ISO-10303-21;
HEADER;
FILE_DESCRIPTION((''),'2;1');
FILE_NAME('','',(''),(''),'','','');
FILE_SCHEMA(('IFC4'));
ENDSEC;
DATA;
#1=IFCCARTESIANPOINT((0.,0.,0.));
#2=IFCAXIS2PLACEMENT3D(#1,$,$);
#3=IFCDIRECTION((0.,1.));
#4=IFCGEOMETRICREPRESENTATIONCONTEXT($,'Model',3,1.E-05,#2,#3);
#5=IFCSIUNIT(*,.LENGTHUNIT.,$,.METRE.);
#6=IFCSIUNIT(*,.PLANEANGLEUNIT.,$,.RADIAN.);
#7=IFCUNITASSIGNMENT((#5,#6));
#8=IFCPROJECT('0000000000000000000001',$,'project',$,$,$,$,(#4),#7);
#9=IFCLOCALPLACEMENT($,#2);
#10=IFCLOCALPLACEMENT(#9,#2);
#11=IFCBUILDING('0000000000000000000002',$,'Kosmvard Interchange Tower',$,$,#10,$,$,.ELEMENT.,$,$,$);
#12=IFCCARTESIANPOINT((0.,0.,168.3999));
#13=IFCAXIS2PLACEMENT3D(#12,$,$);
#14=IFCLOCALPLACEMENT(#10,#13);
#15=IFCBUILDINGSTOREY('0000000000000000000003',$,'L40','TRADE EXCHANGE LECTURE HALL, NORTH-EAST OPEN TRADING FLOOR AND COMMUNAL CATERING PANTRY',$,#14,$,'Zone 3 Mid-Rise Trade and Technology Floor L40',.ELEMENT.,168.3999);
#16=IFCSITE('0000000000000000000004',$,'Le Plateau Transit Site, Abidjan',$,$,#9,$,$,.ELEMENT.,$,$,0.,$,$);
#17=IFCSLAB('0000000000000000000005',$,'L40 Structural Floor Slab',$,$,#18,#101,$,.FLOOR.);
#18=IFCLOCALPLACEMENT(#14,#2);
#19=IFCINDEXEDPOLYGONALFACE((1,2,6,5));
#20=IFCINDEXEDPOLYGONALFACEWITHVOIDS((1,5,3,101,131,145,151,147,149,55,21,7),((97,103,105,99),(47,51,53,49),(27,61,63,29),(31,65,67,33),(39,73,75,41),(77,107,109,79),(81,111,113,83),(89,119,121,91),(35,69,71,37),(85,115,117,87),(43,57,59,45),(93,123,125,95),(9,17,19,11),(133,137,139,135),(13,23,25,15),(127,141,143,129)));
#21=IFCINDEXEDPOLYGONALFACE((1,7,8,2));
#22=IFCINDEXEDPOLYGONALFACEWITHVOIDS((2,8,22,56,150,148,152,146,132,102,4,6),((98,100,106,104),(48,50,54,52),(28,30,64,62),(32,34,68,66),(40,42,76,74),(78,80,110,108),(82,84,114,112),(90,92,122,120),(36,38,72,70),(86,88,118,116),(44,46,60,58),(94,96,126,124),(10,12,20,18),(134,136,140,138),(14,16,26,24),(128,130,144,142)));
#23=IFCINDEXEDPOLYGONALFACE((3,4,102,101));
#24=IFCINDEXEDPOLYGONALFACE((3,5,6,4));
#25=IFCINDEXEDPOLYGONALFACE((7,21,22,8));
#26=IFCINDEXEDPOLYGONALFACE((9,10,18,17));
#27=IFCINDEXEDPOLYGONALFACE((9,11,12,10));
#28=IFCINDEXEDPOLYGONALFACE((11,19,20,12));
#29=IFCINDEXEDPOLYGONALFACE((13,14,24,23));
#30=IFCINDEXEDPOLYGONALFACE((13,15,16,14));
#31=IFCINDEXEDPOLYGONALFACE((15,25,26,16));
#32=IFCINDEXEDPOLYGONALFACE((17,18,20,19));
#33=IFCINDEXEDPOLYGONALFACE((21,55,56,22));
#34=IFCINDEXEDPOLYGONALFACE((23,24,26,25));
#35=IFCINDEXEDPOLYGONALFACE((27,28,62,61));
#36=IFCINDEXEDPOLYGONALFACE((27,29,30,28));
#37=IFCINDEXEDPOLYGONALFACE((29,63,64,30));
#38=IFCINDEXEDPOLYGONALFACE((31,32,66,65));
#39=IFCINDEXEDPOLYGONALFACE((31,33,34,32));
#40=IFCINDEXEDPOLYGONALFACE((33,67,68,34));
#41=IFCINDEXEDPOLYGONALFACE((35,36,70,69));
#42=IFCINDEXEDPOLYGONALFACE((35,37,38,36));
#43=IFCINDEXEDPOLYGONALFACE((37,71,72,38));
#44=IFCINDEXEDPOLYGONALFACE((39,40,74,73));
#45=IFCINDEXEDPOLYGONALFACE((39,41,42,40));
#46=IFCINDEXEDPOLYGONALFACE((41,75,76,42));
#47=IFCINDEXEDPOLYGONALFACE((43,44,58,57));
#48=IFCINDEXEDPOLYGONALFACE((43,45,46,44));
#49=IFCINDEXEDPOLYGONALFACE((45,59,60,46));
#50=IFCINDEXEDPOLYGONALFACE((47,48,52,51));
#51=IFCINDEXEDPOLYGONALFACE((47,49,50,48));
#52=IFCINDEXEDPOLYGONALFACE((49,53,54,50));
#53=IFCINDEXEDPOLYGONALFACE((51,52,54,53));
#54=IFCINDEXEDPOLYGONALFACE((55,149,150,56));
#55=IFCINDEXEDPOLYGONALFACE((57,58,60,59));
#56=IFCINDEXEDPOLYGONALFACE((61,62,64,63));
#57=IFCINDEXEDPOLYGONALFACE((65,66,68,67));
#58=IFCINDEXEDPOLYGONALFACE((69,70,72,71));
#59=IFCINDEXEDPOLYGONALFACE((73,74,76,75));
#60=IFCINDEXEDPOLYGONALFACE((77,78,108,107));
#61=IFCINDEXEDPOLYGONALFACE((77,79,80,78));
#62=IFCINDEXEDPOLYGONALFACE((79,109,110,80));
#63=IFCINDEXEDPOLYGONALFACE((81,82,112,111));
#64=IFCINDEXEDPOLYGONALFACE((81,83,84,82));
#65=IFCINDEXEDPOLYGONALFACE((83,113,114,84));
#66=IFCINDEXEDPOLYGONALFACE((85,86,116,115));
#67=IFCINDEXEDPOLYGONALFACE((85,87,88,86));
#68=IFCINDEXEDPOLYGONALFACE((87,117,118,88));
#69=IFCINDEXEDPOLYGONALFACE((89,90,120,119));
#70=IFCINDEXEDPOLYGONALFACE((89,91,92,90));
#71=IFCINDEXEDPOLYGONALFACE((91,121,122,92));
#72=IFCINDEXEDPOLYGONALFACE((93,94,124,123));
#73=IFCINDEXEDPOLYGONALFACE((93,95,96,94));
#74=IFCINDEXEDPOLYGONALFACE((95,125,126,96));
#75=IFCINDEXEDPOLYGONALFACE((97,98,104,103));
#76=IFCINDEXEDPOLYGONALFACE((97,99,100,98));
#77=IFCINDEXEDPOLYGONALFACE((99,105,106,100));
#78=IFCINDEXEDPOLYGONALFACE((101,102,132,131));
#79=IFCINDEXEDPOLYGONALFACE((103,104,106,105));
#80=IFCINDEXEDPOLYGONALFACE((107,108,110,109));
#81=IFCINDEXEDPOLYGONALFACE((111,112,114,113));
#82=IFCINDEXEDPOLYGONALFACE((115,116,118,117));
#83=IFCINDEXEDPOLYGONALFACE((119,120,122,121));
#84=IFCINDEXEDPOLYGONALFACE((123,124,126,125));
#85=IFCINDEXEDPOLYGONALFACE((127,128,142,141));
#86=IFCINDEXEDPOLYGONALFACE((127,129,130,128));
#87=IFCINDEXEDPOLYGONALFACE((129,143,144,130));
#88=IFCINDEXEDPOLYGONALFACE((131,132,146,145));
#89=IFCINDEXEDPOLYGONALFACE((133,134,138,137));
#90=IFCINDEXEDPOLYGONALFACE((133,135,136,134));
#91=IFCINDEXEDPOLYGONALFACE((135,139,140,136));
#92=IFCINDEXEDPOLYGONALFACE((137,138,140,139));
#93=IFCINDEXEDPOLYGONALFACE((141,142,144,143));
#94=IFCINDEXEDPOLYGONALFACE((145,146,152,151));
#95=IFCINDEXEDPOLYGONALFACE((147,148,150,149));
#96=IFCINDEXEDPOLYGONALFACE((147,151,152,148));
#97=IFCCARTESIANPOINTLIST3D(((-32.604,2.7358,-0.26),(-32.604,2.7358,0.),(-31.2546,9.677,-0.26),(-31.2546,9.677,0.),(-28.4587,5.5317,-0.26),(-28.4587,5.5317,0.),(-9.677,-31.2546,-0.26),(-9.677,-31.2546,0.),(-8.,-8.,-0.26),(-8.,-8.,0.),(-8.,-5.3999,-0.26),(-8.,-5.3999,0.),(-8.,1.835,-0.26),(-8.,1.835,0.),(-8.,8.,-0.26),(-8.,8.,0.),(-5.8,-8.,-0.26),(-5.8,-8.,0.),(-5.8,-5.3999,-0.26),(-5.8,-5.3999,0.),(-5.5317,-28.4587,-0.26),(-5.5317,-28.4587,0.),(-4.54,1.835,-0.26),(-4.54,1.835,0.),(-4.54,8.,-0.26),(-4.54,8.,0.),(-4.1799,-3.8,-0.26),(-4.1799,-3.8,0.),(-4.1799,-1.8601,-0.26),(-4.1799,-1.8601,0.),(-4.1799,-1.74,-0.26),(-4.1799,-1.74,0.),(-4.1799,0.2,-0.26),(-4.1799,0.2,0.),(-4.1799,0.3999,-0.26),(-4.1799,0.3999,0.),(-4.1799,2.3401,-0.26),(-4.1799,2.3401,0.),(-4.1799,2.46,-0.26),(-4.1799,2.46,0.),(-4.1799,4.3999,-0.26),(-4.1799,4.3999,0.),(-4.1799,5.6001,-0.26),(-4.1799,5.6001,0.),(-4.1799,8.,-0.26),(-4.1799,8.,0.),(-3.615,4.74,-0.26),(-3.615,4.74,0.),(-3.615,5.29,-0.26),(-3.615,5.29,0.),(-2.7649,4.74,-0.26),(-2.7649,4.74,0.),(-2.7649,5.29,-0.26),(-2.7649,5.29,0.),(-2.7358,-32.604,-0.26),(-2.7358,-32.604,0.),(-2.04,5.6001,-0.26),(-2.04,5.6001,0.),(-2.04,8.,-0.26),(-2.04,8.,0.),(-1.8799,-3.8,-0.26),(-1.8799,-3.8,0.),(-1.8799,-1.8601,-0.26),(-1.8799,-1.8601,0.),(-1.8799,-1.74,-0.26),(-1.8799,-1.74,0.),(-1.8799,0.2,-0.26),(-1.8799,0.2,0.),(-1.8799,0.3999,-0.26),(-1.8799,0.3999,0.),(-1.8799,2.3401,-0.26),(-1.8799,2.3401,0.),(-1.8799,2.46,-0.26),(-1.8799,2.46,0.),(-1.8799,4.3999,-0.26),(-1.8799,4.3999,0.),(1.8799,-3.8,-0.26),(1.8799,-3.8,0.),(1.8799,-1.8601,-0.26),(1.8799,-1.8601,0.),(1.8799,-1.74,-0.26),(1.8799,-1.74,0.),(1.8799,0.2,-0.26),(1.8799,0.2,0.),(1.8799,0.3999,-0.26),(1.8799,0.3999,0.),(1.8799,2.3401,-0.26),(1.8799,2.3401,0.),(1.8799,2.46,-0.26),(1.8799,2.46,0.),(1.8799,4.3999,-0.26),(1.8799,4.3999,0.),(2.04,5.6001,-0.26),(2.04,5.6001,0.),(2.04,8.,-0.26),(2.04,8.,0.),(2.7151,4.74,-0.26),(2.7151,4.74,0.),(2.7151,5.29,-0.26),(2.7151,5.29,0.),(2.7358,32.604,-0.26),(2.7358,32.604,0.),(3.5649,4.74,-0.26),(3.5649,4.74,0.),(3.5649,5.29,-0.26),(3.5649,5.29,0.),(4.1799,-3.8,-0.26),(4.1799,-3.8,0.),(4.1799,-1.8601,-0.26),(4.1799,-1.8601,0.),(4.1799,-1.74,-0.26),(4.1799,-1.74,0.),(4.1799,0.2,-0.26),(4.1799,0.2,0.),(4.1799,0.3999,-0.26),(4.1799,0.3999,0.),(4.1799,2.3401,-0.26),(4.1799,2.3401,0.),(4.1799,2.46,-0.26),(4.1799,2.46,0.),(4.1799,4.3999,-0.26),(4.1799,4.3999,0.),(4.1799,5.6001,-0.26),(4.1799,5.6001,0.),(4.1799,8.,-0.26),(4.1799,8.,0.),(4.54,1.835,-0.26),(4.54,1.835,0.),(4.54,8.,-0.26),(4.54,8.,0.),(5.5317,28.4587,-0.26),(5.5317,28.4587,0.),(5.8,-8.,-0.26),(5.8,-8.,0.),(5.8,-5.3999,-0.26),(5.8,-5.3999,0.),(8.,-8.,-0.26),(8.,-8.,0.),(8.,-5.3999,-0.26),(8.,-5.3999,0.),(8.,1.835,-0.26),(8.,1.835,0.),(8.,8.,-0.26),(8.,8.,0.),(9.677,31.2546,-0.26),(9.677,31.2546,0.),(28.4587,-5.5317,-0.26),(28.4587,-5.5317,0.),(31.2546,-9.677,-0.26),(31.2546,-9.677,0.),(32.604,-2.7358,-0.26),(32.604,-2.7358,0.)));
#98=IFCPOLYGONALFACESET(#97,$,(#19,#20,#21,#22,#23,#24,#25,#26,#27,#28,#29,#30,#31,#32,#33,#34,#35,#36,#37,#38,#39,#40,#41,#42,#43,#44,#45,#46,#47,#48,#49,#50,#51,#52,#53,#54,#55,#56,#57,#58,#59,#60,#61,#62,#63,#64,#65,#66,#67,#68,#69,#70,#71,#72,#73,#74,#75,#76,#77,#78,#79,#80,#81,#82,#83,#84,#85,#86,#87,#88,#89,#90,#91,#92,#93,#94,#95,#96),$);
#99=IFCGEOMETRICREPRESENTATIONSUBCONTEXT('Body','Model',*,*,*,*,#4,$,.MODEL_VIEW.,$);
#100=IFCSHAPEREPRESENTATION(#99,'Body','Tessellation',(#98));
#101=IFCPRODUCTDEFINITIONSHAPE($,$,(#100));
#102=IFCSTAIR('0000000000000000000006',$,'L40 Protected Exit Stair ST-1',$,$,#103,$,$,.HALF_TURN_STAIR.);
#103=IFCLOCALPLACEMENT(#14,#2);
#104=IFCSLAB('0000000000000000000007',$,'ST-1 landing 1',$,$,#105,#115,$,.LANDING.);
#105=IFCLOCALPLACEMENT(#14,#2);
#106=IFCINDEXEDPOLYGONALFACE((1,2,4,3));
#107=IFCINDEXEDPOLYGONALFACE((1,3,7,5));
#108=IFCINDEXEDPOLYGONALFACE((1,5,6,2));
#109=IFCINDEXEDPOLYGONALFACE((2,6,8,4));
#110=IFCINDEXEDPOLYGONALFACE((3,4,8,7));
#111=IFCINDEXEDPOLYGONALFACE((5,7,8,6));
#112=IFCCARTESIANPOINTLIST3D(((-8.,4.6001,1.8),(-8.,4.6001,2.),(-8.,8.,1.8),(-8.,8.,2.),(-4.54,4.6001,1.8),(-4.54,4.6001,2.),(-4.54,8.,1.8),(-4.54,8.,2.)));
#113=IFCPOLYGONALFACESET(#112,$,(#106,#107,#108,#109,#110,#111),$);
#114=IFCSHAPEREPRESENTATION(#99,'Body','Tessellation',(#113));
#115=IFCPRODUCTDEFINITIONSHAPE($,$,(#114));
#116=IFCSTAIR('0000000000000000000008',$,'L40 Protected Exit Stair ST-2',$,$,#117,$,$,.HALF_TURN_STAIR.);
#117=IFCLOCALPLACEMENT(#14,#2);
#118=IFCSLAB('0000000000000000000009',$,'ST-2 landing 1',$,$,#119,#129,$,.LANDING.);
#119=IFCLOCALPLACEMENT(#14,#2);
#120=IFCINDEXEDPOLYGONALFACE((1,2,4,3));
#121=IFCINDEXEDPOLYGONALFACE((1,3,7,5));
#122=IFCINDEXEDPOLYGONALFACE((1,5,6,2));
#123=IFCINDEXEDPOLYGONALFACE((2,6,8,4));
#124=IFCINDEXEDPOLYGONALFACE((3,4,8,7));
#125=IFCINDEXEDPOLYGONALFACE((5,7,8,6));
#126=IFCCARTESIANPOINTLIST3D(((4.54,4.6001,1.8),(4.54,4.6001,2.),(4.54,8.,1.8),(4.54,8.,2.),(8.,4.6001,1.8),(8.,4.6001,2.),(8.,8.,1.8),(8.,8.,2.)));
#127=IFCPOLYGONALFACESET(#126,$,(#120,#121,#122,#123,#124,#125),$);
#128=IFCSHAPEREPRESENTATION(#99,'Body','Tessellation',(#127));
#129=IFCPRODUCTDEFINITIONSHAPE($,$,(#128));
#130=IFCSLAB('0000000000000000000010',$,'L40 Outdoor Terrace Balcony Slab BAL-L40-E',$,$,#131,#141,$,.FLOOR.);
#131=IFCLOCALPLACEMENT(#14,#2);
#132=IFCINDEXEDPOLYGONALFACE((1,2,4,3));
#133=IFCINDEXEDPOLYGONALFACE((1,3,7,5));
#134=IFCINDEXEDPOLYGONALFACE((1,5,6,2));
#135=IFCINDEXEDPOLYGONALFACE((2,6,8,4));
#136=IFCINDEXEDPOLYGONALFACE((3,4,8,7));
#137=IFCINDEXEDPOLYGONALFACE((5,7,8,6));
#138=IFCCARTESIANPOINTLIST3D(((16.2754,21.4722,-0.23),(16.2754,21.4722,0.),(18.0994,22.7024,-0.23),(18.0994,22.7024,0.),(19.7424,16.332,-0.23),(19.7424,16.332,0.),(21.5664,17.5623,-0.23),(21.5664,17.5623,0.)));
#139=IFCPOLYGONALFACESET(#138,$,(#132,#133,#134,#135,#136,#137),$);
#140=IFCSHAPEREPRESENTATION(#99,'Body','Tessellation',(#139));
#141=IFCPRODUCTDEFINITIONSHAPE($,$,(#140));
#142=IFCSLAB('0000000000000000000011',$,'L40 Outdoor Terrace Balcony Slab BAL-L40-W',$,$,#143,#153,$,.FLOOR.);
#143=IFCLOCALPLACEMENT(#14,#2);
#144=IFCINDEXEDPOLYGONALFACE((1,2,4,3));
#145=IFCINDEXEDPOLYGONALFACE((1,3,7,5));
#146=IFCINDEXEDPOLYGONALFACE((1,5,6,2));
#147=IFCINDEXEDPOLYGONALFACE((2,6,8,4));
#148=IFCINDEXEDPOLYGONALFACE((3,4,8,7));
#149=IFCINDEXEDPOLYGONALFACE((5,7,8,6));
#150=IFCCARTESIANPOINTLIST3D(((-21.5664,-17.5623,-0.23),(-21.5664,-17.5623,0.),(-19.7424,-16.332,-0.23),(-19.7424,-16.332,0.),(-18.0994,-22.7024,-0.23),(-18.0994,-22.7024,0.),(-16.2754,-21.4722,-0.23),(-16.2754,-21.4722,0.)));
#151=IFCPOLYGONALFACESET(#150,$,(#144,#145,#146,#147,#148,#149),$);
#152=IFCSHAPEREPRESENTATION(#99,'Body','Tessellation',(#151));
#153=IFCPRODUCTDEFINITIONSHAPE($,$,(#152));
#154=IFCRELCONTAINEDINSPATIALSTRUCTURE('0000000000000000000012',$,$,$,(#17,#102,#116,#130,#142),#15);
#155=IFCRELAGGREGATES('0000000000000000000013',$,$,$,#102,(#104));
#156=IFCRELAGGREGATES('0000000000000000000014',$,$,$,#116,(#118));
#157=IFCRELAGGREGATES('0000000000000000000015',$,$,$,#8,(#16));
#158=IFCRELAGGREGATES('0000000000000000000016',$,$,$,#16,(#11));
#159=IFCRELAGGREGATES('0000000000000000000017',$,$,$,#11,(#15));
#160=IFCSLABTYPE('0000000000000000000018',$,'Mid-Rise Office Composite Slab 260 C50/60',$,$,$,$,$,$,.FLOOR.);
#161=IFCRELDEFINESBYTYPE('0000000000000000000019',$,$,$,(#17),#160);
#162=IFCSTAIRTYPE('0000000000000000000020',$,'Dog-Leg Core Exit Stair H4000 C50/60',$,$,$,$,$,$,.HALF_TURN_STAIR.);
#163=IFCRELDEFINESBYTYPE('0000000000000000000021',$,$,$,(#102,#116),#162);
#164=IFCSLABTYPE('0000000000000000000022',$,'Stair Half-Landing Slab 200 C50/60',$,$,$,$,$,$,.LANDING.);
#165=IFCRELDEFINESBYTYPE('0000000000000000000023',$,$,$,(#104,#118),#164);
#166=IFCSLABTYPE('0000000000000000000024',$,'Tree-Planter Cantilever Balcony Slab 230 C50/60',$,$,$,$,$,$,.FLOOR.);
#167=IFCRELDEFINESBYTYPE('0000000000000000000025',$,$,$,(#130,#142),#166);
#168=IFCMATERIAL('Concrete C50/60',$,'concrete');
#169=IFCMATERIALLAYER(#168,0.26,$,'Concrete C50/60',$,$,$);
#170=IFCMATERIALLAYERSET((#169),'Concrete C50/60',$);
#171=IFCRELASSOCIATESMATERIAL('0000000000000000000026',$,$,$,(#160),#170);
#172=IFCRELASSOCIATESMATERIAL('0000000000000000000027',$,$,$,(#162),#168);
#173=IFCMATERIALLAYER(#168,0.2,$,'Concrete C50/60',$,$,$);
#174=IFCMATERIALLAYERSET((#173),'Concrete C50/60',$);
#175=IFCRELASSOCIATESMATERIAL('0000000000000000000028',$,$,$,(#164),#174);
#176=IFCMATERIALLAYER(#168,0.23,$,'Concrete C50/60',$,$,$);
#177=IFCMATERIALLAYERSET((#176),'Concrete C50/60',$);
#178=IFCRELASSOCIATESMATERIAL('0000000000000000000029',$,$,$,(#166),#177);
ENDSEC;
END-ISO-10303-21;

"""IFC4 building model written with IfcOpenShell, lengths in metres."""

from ifc_helpers import new_model, si_unit, direction, frame, origin, place, context, subcontext, project, spatial, polyline, outline, extrude, material, layer, layer_set, type_object, element, aggregate, save


model = new_model("IFC4")

# Units and contexts
model_context = context("Model", 3, precision=1e-05, world=origin(), true_north=direction((0.0, 1.0)))
body_context = subcontext(model_context, "Body", "Model", "MODEL_VIEW")
ifc_project = project(units=[si_unit("LENGTHUNIT", "METRE"), si_unit("PLANEANGLEUNIT", "RADIAN")], contexts=[model_context])

# Site, building, storey
site_placement = place(None, origin())
site = spatial("IfcSite", under=ifc_project, at=site_placement, Name="Le Plateau Transit Site, Abidjan", CompositionType="ELEMENT", RefElevation=0.0)
building_placement = place(site_placement, origin())
building = spatial("IfcBuilding", under=site, at=building_placement, Name="Kosmvard Interchange Tower", CompositionType="ELEMENT")
storey_placement = place(building_placement, frame((0.0, 0.0, 168.3999)))
storey = spatial("IfcBuildingStorey", under=building, at=storey_placement, Name="L40", Description="TRADE EXCHANGE LECTURE HALL, NORTH-EAST OPEN TRADING FLOOR AND COMMUNAL CATERING PANTRY", LongName="Zone 3 Mid-Rise Trade and Technology Floor L40", CompositionType="ELEMENT", Elevation=168.3999)

# Slab
ifc_material_1 = material(Name="Concrete C50/60", Category="concrete")
ifc_layer_1 = layer(ifc_material_1, 0.26, Name="Concrete C50/60")
ifc_layer_set_1 = layer_set([ifc_layer_1], Name="Concrete C50/60")
slab_type_1 = type_object("IfcSlabType", Name="Mid-Rise Office Composite Slab 260 C50/60", PredefinedType="FLOOR", material=ifc_layer_set_1)
slab_1_placement = place(storey_placement, frame((0.0, 0.0, -0.26)))
element("IfcSlab", 1, at=slab_1_placement, inside=storey, type_object=slab_type_1, Name="L40 Structural Floor Slab", PredefinedType="FLOOR", context=body_context, shape_type="SweptSolid", body=[
    extrude(outline(polyline([(-2.7358, -32.604), (31.2546, -9.677), (28.4587, -5.5317), (32.604, -2.7358), (9.677, 31.2546), (5.5317, 28.4587), (2.7358, 32.604), (-31.2546, 9.677), (-28.4587, 5.5317), (-32.604, 2.7358), (-9.677, -31.2546), (-5.5317, -28.4587), (-2.7358, -32.604)]), holes=[polyline([(-8.0, 1.835), (-4.54, 1.835), (-4.54, 8.0), (-8.0, 8.0), (-8.0, 1.835)]), polyline([(4.54, 1.835), (8.0, 1.835), (8.0, 8.0), (4.54, 8.0), (4.54, 1.835)]), polyline([(-8.0, -8.0), (-5.8, -8.0), (-5.8, -5.3999), (-8.0, -5.3999), (-8.0, -8.0)]), polyline([(5.8, -8.0), (8.0, -8.0), (8.0, -5.3999), (5.8, -5.3999), (5.8, -8.0)]), polyline([(-4.1799, -3.8), (-1.8799, -3.8), (-1.8799, -1.8601), (-4.1799, -1.8601), (-4.1799, -3.8)]), polyline([(-4.1799, -1.74), (-1.8799, -1.74), (-1.8799, 0.2), (-4.1799, 0.2), (-4.1799, -1.74)]), polyline([(1.8799, -3.8), (4.1799, -3.8), (4.1799, -1.8601), (1.8799, -1.8601), (1.8799, -3.8)]), polyline([(1.8799, -1.74), (4.1799, -1.74), (4.1799, 0.2), (1.8799, 0.2), (1.8799, -1.74)]), polyline([(-4.1799, 0.3999), (-1.8799, 0.3999), (-1.8799, 2.3401), (-4.1799, 2.3401), (-4.1799, 0.3999)]), polyline([(-4.1799, 2.46), (-1.8799, 2.46), (-1.8799, 4.3999), (-4.1799, 4.3999), (-4.1799, 2.46)]), polyline([(1.8799, 0.3999), (4.1799, 0.3999), (4.1799, 2.3401), (1.8799, 2.3401), (1.8799, 0.3999)]), polyline([(1.8799, 2.46), (4.1799, 2.46), (4.1799, 4.3999), (1.8799, 4.3999), (1.8799, 2.46)]), polyline([(-4.1799, 5.6001), (-2.04, 5.6001), (-2.04, 8.0), (-4.1799, 8.0), (-4.1799, 5.6001)]), polyline([(2.04, 5.6001), (4.1799, 5.6001), (4.1799, 8.0), (2.04, 8.0), (2.04, 5.6001)]), polyline([(-3.615, 4.74), (-2.7649, 4.74), (-2.7649, 5.29), (-3.615, 5.29), (-3.615, 4.74)]), polyline([(2.7151, 4.74), (3.5649, 4.74), (3.5649, 5.29), (2.7151, 5.29), (2.7151, 4.74)])]), origin(), (0.0, 0.0, 1.0), 0.26),
])

# Stairs, slabs
stair_type = type_object("IfcStairType", Name="Dog-Leg Core Exit Stair H4000 C50/60", PredefinedType="HALF_TURN_STAIR", material=ifc_material_1)
stair_1_placement = place(storey_placement, origin())
stair_1 = element("IfcStair", 2, at=stair_1_placement, inside=storey, type_object=stair_type, Name="L40 Protected Exit Stair ST-1", PredefinedType="HALF_TURN_STAIR")
ifc_layer_2 = layer(ifc_material_1, 0.2, Name="Concrete C50/60")
ifc_layer_set_2 = layer_set([ifc_layer_2], Name="Concrete C50/60")
slab_type_2 = type_object("IfcSlabType", Name="Stair Half-Landing Slab 200 C50/60", PredefinedType="LANDING", material=ifc_layer_set_2)
slab_2_placement = place(storey_placement, frame((0.0, 0.0, 1.8)))
slab_2 = element("IfcSlab", 3, at=slab_2_placement, type_object=slab_type_2, Name="ST-1 landing 1", PredefinedType="LANDING", context=body_context, shape_type="SweptSolid", body=[
    extrude(outline(polyline([(-4.54, 4.6001), (-4.54, 8.0), (-8.0, 8.0), (-8.0, 4.6001), (-4.54, 4.6001)])), origin(), (0.0, 0.0, 1.0), 0.2),
])
aggregate(stair_1, [slab_2])
stair_2_placement = place(storey_placement, origin())
stair_2 = element("IfcStair", 4, at=stair_2_placement, inside=storey, type_object=stair_type, Name="L40 Protected Exit Stair ST-2", PredefinedType="HALF_TURN_STAIR")
slab_3_placement = place(storey_placement, frame((0.0, 0.0, 1.8)))
slab_3 = element("IfcSlab", 5, at=slab_3_placement, type_object=slab_type_2, Name="ST-2 landing 1", PredefinedType="LANDING", context=body_context, shape_type="SweptSolid", body=[
    extrude(outline(polyline([(8.0, 4.6001), (8.0, 8.0), (4.54, 8.0), (4.54, 4.6001), (8.0, 4.6001)])), origin(), (0.0, 0.0, 1.0), 0.2),
])
aggregate(stair_2, [slab_3])

# Slabs
ifc_layer_3 = layer(ifc_material_1, 0.23, Name="Concrete C50/60")
ifc_layer_set_3 = layer_set([ifc_layer_3], Name="Concrete C50/60")
slab_type_3 = type_object("IfcSlabType", Name="Tree-Planter Cantilever Balcony Slab 230 C50/60", PredefinedType="FLOOR", material=ifc_layer_set_3)
slab_4_placement = place(storey_placement, frame((0.0, 0.0, -0.23)))
element("IfcSlab", 6, at=slab_4_placement, inside=storey, type_object=slab_type_3, Name="L40 Outdoor Terrace Balcony Slab BAL-L40-E", PredefinedType="FLOOR", context=body_context, shape_type="SweptSolid", body=[
    extrude(outline(polyline([(19.7424, 16.332), (21.5664, 17.5623), (18.0994, 22.7024), (16.2754, 21.4722), (19.7424, 16.332)])), origin(), (0.0, 0.0, 1.0), 0.23),
])
slab_5_placement = place(storey_placement, frame((0.0, 0.0, -0.23)))
element("IfcSlab", 7, at=slab_5_placement, inside=storey, type_object=slab_type_3, Name="L40 Outdoor Terrace Balcony Slab BAL-L40-W", PredefinedType="FLOOR", context=body_context, shape_type="SweptSolid", body=[
    extrude(outline(polyline([(-18.0994, -22.7024), (-16.2754, -21.4722), (-19.7424, -16.332), (-21.5664, -17.5623), (-18.0994, -22.7024)])), origin(), (0.0, 0.0, 1.0), 0.23),
])

save(model, "model.ifc")
